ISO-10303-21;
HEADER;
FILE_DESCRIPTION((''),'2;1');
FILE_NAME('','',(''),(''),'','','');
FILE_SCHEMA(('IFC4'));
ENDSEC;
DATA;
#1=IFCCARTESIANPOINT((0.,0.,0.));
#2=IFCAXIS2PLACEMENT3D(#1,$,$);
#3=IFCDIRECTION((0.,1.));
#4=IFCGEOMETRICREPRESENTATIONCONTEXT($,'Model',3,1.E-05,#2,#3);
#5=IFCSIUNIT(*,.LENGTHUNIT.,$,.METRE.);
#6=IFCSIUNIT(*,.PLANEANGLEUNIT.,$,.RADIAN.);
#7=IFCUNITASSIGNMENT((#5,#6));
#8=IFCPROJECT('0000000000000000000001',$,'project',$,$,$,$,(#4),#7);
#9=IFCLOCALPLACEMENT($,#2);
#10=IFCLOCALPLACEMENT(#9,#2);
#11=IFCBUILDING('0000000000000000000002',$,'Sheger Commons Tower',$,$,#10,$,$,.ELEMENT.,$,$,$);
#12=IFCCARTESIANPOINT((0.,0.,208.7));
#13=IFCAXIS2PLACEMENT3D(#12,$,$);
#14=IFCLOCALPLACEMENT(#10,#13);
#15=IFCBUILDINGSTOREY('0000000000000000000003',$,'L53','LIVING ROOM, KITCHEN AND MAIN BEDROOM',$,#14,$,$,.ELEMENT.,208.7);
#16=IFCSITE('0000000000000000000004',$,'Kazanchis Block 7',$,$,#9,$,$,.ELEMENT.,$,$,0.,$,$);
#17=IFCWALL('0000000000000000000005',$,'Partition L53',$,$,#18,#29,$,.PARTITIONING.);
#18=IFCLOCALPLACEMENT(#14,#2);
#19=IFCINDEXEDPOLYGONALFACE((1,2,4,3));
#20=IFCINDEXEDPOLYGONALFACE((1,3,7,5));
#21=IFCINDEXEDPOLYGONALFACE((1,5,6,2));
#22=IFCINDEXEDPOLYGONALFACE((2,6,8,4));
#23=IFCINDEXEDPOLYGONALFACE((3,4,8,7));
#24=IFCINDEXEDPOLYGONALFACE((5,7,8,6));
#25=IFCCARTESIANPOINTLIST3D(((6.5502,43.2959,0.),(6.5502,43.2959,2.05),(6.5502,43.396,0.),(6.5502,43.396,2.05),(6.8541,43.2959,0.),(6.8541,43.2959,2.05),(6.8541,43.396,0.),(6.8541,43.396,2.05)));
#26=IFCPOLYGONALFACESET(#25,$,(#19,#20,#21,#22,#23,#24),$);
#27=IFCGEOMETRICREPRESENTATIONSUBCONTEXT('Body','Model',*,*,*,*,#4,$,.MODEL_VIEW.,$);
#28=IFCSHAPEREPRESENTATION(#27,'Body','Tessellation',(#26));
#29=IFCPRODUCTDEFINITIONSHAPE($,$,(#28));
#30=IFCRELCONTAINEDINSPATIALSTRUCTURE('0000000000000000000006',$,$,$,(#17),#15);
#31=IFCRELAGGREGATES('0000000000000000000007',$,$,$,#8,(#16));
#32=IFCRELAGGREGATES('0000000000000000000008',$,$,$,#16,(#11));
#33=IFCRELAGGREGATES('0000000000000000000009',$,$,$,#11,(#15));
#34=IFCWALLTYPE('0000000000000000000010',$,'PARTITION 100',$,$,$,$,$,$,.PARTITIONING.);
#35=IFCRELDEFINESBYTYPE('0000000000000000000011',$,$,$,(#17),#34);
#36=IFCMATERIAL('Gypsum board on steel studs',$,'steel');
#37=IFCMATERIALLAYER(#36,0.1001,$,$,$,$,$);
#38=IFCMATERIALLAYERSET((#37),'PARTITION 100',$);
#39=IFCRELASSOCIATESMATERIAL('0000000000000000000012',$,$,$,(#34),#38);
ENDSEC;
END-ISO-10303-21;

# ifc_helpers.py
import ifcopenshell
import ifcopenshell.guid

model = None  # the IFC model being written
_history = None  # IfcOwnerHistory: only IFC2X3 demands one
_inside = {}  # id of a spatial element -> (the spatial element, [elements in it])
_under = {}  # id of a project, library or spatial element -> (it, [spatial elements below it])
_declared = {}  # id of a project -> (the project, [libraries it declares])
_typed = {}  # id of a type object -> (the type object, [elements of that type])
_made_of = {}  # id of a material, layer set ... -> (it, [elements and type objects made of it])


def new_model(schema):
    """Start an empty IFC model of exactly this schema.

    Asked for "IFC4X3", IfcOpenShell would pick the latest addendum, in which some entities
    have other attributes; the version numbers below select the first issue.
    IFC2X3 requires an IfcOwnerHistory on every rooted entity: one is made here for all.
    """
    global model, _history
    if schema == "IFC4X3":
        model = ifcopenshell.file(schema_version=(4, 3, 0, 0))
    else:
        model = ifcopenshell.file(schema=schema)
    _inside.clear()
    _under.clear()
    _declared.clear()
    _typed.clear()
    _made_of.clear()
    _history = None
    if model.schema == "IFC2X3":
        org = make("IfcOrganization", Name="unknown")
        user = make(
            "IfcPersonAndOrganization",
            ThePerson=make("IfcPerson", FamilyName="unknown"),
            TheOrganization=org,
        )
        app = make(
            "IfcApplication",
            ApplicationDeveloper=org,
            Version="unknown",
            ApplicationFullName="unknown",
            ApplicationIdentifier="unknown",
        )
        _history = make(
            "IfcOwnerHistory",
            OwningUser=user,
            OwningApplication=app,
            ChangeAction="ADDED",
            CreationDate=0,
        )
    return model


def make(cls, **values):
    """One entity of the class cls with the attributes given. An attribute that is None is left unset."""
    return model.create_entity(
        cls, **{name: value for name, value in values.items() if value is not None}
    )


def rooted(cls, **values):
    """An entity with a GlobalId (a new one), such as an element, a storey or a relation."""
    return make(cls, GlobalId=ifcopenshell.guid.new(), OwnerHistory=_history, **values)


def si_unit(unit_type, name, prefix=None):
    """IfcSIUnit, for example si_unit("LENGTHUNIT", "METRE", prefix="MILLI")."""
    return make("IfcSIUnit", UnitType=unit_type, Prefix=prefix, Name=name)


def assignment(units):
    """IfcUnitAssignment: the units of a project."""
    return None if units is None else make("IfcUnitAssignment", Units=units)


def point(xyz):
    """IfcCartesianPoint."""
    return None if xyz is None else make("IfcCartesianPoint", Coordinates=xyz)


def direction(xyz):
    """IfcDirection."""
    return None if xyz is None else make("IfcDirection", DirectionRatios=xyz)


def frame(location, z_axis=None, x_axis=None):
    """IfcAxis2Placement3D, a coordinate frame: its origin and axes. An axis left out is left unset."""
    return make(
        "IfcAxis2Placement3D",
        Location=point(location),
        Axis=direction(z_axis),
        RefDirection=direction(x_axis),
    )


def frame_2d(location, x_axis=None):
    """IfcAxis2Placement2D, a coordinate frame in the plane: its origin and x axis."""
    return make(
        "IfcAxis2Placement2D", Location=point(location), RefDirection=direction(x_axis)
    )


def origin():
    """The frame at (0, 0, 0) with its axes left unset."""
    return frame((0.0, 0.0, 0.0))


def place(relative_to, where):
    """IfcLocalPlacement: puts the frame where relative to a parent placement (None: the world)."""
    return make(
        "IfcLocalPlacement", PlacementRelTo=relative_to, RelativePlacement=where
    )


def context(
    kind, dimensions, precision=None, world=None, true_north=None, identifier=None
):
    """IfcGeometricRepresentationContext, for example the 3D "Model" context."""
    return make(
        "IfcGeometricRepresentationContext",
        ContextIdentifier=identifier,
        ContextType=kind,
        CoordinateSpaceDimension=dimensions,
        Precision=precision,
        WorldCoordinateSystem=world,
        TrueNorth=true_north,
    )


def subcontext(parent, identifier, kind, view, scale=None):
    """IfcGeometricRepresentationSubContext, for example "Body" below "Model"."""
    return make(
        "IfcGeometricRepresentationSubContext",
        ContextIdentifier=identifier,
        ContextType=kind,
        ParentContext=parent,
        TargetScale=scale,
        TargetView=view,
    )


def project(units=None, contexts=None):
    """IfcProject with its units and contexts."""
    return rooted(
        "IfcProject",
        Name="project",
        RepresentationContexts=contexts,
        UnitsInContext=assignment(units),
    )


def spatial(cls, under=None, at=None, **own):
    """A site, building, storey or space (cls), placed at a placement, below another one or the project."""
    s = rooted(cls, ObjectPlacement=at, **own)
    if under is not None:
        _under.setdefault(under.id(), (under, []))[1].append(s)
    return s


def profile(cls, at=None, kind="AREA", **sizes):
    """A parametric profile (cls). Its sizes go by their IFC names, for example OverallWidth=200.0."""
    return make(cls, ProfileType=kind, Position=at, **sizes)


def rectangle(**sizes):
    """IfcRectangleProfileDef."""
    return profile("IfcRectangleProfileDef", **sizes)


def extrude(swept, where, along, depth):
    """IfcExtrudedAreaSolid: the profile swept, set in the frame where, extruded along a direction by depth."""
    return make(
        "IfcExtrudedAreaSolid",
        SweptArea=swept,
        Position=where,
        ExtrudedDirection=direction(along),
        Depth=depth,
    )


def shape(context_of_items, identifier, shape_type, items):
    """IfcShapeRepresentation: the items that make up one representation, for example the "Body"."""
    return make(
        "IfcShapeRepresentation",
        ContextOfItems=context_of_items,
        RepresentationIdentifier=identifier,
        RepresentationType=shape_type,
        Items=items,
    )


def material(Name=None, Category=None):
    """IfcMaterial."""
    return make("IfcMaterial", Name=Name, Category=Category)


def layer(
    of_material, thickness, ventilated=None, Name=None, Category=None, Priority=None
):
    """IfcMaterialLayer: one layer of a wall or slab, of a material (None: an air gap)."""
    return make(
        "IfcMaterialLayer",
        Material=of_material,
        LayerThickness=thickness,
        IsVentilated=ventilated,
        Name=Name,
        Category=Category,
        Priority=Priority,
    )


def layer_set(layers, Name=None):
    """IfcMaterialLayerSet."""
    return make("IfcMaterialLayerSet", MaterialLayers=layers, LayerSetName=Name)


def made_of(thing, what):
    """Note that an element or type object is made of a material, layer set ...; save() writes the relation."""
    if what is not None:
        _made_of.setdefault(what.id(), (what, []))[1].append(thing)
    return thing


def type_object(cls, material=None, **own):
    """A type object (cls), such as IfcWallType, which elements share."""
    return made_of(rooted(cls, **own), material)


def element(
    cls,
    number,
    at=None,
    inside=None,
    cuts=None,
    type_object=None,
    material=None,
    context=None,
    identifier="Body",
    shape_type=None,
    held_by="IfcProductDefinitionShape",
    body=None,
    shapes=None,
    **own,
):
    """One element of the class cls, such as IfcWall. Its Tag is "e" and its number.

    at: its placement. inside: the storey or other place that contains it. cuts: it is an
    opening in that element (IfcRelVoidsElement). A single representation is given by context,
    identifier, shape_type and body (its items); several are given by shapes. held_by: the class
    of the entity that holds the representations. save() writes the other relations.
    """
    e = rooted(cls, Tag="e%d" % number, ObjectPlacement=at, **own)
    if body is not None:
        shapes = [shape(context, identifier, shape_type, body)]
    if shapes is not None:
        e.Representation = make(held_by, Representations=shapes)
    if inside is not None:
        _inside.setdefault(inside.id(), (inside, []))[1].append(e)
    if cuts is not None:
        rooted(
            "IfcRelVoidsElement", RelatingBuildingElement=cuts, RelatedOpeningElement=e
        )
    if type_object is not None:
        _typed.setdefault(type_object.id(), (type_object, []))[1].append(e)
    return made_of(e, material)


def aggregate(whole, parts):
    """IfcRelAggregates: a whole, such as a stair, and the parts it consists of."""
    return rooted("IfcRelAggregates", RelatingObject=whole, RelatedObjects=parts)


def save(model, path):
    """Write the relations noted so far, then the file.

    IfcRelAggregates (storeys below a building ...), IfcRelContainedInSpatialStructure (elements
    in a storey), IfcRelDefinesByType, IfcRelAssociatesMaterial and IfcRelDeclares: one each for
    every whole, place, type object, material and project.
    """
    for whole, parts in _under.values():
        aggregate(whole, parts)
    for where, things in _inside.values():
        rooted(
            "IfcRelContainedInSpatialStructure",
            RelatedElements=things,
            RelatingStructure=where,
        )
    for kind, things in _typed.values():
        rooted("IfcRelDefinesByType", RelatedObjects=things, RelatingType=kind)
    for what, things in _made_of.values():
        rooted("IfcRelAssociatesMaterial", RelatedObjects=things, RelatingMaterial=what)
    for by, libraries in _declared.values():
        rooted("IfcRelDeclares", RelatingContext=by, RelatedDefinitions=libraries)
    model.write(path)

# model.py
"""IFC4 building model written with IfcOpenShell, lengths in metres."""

from ifc_helpers import new_model, si_unit, direction, frame, frame_2d, origin, place, context, subcontext, project, spatial, rectangle, extrude, material, layer, layer_set, type_object, element, save


model = new_model("IFC4")

# Units and contexts
model_context = context("Model", 3, precision=1e-05, world=origin(), true_north=direction((0.0, 1.0)))
body_context = subcontext(model_context, "Body", "Model", "MODEL_VIEW")
ifc_project = project(units=[si_unit("LENGTHUNIT", "METRE"), si_unit("PLANEANGLEUNIT", "RADIAN")], contexts=[model_context])

# Site, building, storey
site_placement = place(None, origin())
site = spatial("IfcSite", under=ifc_project, at=site_placement, Name="Kazanchis Block 7", CompositionType="ELEMENT", RefElevation=0.0)
building_placement = place(site_placement, origin())
building = spatial("IfcBuilding", under=site, at=building_placement, Name="Sheger Commons Tower", CompositionType="ELEMENT")
storey_placement = place(building_placement, frame((0.0, 0.0, 208.7)))
storey = spatial("IfcBuildingStorey", under=building, at=storey_placement, Name="L53", Description="LIVING ROOM, KITCHEN AND MAIN BEDROOM", CompositionType="ELEMENT", Elevation=208.7)

# Wall
ifc_material_1 = material(Name="Gypsum board on steel studs", Category="steel")
ifc_layer_1 = layer(ifc_material_1, 0.1001)
ifc_layer_set_1 = layer_set([ifc_layer_1], Name="PARTITION 100")
wall_type_1 = type_object("IfcWallType", Name="PARTITION 100", PredefinedType="PARTITIONING", material=ifc_layer_set_1)
wall_1_placement = place(storey_placement, frame((6.854, 43.3459, 0.0), z_axis=(0.0, 0.0, 1.0), x_axis=(-1.0, 0.0, 0.0)))
element("IfcWall", 1, at=wall_1_placement, inside=storey, type_object=wall_type_1, Name="Partition L53", PredefinedType="PARTITIONING", context=body_context, shape_type="SweptSolid", body=[
    extrude(rectangle(XDim=0.304, YDim=0.1001, at=frame_2d((0.1519, 0.0))), origin(), (0.0, 0.0, 1.0), 2.05),
])

save(model, "model.ifc")
